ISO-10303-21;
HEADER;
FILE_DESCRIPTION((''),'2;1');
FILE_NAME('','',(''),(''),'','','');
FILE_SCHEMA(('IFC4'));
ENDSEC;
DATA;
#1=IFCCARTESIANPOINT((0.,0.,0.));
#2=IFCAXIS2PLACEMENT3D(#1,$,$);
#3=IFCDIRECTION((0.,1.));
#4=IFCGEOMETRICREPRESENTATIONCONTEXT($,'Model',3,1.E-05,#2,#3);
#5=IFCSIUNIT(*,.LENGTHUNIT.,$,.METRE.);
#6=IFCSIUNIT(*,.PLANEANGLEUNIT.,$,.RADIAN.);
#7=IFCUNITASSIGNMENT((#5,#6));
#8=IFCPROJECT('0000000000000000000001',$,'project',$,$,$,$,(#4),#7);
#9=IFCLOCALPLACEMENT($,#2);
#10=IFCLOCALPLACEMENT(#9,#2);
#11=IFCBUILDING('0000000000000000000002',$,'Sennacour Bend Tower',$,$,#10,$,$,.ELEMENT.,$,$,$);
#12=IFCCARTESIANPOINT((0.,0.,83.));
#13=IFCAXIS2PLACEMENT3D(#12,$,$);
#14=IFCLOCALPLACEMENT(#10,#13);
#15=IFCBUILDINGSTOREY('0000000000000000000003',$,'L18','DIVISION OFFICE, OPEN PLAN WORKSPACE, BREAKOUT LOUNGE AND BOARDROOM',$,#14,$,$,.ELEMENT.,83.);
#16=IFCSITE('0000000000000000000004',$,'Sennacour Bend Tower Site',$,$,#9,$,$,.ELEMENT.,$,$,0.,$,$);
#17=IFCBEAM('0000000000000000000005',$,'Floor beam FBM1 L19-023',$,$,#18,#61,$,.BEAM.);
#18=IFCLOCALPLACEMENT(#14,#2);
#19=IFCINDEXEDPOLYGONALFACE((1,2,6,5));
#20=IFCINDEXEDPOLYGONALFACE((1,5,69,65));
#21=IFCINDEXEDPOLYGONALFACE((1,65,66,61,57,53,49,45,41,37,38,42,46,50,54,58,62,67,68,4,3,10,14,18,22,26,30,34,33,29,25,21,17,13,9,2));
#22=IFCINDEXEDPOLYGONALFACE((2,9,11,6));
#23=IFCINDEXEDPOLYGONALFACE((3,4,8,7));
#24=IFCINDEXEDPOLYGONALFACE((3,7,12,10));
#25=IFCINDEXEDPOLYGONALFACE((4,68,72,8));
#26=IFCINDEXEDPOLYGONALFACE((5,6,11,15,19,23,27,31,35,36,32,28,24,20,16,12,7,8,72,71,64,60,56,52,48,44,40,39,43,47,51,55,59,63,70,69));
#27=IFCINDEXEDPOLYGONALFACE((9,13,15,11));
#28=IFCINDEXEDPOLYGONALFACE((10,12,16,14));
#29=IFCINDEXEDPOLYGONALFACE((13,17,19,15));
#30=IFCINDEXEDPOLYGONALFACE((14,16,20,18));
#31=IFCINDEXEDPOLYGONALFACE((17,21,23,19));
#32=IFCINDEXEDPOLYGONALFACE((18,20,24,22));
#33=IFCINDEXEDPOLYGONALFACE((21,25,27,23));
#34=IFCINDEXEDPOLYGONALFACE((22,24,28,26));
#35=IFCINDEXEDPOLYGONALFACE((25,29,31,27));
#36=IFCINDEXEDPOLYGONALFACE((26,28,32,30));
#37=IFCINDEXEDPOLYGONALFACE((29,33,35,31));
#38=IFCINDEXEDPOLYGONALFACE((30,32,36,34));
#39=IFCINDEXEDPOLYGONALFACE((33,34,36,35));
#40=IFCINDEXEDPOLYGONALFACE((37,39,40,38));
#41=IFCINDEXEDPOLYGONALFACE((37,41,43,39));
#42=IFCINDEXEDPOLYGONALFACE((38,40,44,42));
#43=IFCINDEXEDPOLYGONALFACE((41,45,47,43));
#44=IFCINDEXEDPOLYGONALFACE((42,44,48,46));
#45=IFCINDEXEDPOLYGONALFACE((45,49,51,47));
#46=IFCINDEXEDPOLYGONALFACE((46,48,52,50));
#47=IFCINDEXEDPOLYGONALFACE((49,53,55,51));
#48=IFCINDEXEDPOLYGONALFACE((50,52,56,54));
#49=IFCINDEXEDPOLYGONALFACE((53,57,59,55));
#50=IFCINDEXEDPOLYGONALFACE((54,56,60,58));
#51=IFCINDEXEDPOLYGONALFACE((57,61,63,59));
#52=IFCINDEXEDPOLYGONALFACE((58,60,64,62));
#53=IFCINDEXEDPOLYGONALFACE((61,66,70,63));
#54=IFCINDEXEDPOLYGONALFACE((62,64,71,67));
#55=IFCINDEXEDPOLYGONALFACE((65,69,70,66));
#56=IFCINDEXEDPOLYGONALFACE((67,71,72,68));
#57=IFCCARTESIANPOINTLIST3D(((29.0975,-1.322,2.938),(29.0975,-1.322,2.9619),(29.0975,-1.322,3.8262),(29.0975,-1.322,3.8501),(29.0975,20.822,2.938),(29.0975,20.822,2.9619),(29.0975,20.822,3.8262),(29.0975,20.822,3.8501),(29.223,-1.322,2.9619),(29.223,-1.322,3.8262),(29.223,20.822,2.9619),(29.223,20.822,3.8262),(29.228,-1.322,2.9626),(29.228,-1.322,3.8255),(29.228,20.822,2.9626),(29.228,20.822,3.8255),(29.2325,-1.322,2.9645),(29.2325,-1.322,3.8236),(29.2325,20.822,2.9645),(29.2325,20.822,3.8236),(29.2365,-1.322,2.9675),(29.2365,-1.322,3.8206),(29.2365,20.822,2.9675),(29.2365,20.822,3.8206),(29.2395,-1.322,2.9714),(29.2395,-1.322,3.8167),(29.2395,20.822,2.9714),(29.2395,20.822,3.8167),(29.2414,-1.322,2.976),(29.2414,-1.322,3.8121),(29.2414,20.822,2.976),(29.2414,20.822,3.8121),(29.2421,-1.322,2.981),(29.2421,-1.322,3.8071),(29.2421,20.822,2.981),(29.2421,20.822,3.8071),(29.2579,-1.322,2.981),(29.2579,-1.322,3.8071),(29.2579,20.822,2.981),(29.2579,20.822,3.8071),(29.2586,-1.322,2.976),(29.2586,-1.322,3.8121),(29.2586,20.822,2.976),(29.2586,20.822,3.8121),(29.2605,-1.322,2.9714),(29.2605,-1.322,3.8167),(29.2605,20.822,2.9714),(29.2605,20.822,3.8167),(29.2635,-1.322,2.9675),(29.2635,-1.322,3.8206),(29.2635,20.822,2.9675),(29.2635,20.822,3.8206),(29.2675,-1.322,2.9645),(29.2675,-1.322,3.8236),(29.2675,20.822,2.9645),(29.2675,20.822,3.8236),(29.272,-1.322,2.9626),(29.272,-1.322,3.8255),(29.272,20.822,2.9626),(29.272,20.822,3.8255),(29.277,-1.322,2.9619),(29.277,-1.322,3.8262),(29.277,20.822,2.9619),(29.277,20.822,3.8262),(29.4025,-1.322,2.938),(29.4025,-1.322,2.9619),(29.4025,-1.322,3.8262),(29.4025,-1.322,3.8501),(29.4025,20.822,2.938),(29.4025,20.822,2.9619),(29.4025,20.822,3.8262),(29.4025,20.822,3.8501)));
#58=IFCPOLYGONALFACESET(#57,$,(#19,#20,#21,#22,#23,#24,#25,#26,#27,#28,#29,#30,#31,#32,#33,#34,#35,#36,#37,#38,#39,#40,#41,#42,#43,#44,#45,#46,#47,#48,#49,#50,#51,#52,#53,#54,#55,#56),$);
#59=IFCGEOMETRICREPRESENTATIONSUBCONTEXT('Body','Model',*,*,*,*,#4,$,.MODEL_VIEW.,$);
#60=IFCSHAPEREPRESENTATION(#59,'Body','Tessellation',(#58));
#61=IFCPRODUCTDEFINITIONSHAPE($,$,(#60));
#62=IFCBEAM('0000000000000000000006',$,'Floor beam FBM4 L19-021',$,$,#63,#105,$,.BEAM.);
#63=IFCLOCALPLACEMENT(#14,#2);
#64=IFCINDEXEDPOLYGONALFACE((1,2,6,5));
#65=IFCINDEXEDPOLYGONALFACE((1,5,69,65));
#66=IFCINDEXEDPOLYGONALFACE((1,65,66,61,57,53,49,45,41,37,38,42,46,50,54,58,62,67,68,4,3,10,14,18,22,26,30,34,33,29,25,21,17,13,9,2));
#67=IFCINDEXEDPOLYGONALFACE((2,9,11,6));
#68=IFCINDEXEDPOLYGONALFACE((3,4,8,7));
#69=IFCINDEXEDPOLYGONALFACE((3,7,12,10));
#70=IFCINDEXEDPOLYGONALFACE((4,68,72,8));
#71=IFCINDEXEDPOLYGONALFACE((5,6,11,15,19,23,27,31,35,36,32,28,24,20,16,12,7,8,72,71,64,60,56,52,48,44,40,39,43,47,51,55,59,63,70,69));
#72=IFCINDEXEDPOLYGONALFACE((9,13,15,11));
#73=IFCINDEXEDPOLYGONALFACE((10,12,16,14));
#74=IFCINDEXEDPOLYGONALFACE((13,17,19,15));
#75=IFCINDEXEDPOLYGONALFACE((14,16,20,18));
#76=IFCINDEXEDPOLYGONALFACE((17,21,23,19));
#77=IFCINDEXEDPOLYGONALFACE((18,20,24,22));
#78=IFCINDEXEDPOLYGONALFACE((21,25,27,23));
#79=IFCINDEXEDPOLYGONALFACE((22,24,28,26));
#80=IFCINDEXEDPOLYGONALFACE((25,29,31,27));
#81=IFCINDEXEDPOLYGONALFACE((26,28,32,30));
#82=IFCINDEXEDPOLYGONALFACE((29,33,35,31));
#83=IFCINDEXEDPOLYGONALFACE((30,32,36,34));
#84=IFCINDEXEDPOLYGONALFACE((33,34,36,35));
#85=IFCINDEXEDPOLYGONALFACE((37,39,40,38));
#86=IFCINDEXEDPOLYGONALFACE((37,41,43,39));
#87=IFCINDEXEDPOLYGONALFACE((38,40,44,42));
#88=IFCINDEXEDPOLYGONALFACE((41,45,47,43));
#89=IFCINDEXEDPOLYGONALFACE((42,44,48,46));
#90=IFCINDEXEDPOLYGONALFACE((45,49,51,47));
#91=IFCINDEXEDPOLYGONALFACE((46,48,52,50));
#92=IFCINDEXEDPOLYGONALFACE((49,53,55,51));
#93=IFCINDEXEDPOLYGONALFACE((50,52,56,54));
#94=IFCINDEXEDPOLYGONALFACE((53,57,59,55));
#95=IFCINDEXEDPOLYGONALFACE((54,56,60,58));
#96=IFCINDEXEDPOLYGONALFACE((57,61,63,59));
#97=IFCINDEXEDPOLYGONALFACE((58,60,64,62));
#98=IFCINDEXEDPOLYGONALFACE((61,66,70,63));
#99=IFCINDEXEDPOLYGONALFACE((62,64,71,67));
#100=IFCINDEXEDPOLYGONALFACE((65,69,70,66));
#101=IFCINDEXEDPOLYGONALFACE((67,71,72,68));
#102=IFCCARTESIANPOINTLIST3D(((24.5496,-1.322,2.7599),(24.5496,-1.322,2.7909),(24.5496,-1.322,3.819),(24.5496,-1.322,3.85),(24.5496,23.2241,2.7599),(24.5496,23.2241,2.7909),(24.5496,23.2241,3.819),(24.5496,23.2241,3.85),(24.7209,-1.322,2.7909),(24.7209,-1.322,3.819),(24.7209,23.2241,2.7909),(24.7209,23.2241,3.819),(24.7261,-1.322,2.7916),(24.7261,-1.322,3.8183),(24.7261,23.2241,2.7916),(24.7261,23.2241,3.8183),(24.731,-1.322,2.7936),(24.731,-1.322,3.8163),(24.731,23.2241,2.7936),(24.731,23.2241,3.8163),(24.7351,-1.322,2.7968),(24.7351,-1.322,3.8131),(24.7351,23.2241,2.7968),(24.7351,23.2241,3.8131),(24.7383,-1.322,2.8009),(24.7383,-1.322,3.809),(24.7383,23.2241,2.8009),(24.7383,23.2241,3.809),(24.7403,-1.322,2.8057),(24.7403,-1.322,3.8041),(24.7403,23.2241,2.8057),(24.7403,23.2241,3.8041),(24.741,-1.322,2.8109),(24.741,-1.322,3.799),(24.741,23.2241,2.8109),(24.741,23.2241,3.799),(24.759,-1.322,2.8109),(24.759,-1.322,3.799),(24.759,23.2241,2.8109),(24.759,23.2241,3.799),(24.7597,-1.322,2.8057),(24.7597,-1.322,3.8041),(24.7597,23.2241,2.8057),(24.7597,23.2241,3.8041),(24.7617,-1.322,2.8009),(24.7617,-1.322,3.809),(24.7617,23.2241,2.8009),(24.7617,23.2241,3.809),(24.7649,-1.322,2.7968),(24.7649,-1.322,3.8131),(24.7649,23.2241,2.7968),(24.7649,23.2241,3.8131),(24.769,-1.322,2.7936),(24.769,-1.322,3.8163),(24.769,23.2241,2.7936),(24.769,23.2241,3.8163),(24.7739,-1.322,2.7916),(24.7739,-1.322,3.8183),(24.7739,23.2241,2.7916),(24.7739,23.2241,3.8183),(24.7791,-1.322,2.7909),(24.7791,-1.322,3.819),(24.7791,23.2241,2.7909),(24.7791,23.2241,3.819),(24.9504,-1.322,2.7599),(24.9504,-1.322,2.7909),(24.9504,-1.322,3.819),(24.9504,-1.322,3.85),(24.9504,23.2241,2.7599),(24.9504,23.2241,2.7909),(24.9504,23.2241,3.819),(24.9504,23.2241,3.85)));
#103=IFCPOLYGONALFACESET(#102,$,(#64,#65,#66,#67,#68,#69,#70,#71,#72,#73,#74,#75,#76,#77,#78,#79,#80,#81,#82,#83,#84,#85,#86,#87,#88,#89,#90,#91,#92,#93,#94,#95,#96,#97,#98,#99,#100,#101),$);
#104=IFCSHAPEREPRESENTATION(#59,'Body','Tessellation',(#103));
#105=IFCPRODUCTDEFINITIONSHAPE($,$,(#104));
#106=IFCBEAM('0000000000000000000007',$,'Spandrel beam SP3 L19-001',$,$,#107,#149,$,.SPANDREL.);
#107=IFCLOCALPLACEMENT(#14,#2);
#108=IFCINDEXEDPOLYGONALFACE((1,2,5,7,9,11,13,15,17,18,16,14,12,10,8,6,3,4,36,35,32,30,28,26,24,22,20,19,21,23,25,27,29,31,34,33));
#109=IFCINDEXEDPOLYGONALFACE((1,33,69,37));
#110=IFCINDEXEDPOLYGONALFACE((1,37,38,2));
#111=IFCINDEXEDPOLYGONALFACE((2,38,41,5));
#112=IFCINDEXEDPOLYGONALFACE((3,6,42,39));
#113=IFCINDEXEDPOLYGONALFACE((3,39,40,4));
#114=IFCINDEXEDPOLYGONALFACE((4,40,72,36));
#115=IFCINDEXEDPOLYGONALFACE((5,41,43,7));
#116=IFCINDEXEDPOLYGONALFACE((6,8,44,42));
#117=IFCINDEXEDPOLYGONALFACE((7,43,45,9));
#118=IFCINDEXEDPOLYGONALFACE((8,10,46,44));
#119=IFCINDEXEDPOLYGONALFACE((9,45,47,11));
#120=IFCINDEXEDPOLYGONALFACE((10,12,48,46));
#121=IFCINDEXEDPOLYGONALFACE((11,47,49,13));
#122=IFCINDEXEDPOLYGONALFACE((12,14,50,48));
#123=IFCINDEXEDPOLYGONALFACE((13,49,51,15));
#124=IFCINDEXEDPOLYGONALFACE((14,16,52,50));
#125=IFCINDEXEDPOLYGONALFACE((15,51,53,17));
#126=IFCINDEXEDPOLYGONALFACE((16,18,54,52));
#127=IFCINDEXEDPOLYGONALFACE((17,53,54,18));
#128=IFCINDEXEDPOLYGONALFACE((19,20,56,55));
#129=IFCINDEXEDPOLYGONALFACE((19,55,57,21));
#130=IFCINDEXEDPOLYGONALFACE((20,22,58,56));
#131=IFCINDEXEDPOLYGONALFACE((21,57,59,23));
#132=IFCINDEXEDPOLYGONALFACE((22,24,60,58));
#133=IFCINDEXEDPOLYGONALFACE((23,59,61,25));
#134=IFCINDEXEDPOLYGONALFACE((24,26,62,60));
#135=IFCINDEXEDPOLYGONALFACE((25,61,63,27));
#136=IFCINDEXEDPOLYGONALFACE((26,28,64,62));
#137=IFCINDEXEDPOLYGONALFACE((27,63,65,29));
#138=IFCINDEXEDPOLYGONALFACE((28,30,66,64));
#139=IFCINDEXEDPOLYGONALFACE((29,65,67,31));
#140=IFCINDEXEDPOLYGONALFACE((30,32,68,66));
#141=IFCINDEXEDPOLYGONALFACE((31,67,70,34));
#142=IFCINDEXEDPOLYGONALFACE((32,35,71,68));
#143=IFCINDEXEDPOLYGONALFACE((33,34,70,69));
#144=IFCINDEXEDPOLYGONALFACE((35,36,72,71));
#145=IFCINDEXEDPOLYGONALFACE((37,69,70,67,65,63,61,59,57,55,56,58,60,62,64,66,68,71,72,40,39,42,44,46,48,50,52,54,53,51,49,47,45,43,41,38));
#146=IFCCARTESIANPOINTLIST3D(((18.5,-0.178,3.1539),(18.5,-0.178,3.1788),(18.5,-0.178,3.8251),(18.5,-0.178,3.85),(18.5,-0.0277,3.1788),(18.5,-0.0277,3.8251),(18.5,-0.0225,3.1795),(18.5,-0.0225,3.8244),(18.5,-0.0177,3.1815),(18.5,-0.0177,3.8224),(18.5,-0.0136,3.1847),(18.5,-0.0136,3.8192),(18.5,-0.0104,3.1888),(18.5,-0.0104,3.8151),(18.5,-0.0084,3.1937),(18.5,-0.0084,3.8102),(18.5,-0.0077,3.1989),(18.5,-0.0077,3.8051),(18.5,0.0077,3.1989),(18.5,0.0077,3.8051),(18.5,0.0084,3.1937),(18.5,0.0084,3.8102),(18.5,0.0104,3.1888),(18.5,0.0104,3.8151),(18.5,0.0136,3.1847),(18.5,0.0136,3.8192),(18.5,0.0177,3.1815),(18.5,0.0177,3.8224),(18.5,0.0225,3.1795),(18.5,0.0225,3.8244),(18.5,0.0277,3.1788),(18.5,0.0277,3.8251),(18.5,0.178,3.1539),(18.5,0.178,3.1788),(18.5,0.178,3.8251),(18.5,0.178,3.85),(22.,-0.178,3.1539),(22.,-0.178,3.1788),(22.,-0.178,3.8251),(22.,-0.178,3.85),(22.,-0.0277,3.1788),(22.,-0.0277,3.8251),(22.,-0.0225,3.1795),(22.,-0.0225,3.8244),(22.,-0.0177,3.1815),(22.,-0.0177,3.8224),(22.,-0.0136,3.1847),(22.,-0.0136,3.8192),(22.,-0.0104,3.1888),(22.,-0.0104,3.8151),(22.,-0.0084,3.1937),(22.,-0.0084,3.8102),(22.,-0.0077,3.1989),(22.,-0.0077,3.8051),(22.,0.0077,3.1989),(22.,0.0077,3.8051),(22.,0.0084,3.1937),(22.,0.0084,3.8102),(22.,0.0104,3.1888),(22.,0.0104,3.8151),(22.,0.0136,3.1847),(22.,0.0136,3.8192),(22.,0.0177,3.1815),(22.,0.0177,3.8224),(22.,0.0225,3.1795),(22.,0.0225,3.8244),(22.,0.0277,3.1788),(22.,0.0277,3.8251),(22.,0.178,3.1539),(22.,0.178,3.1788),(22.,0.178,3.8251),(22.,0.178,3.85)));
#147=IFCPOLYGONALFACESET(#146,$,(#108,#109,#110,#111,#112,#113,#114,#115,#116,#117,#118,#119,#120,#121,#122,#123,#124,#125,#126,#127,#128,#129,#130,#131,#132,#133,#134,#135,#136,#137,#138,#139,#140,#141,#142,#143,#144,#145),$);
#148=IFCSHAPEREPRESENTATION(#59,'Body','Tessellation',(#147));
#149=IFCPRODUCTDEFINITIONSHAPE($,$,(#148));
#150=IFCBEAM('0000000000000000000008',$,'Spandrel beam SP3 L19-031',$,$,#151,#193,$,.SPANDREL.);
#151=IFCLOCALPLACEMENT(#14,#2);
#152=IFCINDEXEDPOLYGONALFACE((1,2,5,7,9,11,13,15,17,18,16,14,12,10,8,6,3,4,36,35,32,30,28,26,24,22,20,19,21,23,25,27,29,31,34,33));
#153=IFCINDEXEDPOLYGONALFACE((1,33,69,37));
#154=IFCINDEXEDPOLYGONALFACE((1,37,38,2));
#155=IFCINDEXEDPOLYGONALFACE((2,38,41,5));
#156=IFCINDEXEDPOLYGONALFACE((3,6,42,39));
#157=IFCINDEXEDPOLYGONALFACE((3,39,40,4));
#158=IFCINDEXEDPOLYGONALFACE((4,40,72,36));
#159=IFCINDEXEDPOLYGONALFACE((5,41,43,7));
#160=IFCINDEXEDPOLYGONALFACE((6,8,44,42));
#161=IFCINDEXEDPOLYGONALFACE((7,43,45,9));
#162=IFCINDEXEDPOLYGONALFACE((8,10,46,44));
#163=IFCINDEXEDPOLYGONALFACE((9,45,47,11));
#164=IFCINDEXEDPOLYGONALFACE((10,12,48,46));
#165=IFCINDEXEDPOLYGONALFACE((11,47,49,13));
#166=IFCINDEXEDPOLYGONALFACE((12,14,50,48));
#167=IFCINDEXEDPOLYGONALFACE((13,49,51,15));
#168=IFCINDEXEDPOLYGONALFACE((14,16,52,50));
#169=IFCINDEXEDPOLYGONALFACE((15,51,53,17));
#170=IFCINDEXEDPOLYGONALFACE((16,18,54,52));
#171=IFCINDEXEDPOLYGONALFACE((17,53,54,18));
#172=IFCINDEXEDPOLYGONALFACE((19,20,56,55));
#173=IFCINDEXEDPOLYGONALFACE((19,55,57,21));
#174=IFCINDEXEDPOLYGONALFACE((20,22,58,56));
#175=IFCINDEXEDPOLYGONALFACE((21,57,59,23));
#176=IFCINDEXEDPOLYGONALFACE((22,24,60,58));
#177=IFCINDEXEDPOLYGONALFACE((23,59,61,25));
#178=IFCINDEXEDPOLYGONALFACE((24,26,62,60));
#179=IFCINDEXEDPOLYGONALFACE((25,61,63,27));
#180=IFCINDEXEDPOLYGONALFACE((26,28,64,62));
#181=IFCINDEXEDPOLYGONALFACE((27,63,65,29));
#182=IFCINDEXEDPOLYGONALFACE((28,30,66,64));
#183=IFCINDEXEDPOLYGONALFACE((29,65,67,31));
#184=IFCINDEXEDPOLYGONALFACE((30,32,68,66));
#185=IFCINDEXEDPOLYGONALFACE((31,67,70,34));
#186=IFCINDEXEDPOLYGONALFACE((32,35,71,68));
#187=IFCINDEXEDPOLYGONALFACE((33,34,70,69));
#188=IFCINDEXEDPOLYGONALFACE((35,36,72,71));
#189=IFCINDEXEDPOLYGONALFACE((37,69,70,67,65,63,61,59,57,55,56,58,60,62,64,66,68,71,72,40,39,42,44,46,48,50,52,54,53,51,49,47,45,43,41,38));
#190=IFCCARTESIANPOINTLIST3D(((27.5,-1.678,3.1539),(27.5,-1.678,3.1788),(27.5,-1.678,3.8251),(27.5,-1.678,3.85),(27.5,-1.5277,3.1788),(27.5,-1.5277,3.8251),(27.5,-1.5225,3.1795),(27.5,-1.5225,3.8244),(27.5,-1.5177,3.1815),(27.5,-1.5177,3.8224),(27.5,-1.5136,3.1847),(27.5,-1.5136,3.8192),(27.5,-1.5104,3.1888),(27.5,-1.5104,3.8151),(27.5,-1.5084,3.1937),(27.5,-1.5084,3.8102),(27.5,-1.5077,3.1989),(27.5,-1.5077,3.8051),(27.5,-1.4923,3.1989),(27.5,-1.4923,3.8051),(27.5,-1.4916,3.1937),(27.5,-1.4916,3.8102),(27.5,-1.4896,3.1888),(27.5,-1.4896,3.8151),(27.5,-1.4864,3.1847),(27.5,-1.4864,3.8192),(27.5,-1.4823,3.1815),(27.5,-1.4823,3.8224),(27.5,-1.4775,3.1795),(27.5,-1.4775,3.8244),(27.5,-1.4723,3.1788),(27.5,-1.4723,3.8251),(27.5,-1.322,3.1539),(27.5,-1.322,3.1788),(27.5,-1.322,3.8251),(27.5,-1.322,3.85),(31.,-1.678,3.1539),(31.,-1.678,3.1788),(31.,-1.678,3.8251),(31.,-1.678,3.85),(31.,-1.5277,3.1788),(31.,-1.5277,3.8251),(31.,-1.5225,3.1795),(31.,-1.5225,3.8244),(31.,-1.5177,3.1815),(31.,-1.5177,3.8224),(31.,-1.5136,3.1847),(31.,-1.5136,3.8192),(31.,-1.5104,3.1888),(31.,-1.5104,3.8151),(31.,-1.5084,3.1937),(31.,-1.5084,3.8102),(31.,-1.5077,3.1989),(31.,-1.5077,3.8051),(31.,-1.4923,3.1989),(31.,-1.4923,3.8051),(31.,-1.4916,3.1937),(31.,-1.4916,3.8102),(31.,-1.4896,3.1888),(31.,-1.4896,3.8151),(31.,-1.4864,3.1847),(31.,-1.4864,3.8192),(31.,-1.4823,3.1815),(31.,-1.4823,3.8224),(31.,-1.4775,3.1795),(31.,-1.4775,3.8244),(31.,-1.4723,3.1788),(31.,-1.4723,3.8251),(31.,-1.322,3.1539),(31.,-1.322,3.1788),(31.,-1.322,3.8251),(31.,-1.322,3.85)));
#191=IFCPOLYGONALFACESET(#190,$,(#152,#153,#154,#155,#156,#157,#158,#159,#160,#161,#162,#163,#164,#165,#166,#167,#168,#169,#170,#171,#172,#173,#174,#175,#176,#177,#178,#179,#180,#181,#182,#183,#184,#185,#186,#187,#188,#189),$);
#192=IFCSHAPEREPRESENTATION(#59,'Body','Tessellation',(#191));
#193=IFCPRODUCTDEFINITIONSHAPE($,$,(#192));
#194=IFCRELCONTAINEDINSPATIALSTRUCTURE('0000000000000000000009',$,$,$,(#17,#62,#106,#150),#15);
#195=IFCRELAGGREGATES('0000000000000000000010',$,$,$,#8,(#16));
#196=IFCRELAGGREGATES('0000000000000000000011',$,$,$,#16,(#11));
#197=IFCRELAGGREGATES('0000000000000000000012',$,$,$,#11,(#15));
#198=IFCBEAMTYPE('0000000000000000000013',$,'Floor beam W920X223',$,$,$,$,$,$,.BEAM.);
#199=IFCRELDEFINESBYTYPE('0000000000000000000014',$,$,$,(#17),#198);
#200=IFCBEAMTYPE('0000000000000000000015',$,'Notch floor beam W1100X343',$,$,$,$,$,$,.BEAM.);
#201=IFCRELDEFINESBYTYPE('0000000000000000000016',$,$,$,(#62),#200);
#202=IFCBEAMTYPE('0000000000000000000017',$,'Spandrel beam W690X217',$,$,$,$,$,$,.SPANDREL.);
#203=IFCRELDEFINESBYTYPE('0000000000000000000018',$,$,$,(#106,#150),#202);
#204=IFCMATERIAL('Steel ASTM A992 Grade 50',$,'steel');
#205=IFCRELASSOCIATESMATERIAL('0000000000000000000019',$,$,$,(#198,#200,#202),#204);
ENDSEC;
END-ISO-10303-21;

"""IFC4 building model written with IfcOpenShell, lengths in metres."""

from ifc_helpers import new_model, si_unit, direction, frame, origin, origin_2d, place, context, subcontext, project, spatial, i_section, extrude, material, material_profile, profile_set, type_object, element, save


model = new_model("IFC4")

# Units and contexts
model_context = context("Model", 3, precision=1e-05, world=origin(), true_north=direction((0.0, 1.0)))
body_context = subcontext(model_context, "Body", "Model", "MODEL_VIEW")
ifc_project = project(units=[si_unit("LENGTHUNIT", "METRE"), si_unit("PLANEANGLEUNIT", "RADIAN")], contexts=[model_context])

# Site, building, storey
site_placement = place(None, origin())
site = spatial("IfcSite", under=ifc_project, at=site_placement, Name="Sennacour Bend Tower Site", CompositionType="ELEMENT", RefElevation=0.0)
building_placement = place(site_placement, origin())
building = spatial("IfcBuilding", under=site, at=building_placement, Name="Sennacour Bend Tower", CompositionType="ELEMENT")
storey_placement = place(building_placement, frame((0.0, 0.0, 83.0)))
storey = spatial("IfcBuildingStorey", under=building, at=storey_placement, Name="L18", Description="DIVISION OFFICE, OPEN PLAN WORKSPACE, BREAKOUT LOUNGE AND BOARDROOM", CompositionType="ELEMENT", Elevation=83.0)

# Beams
ifc_material_1 = material(Name="Steel ASTM A992 Grade 50", Category="steel")
ifc_material_profile_1 = material_profile(ifc_material_1, i_section(OverallWidth=0.3049, OverallDepth=0.9121, WebThickness=0.0159, FlangeThickness=0.0239, FilletRadius=0.019, at=origin_2d()), Name="Steel ASTM A992 Grade 50", Category="steel")
ifc_profile_set_1 = profile_set([ifc_material_profile_1], Name="Steel ASTM A992 Grade 50")
beam_type_1 = type_object("IfcBeamType", Name="Floor beam W920X223", PredefinedType="BEAM", material=ifc_profile_set_1)
beam_1_placement = place(storey_placement, frame((29.25, -1.322, 3.394), z_axis=(0.0, 1.0, 0.0), x_axis=(-1.0, 0.0, 0.0)))
element("IfcBeam", 1, at=beam_1_placement, inside=storey, type_object=beam_type_1, Name="Floor beam FBM1 L19-023", PredefinedType="BEAM", context=body_context, shape_type="SweptSolid", body=[
    extrude(i_section(OverallWidth=0.3049, OverallDepth=0.9121, WebThickness=0.0159, FlangeThickness=0.0239, FilletRadius=0.019, at=origin_2d()), origin(), (0.0, 0.0, 1.0), 22.144),
])
ifc_material_profile_2 = material_profile(ifc_material_1, i_section(OverallWidth=0.4009, OverallDepth=1.0901, WebThickness=0.0181, FlangeThickness=0.031, FilletRadius=0.02, at=origin_2d()), Name="Steel ASTM A992 Grade 50", Category="steel")
ifc_profile_set_2 = profile_set([ifc_material_profile_2], Name="Steel ASTM A992 Grade 50")
beam_type_2 = type_object("IfcBeamType", Name="Notch floor beam W1100X343", PredefinedType="BEAM", material=ifc_profile_set_2)
beam_2_placement = place(storey_placement, frame((24.75, -1.322, 3.3049), z_axis=(0.0, 1.0, 0.0), x_axis=(-1.0, 0.0, 0.0)))
element("IfcBeam", 2, at=beam_2_placement, inside=storey, type_object=beam_type_2, Name="Floor beam FBM4 L19-021", PredefinedType="BEAM", context=body_context, shape_type="SweptSolid", body=[
    extrude(i_section(OverallWidth=0.4009, OverallDepth=1.0901, WebThickness=0.0181, FlangeThickness=0.031, FilletRadius=0.02, at=origin_2d()), origin(), (0.0, 0.0, 1.0), 24.5461),
])
ifc_material_profile_3 = material_profile(ifc_material_1, i_section(OverallWidth=0.356, OverallDepth=0.696, WebThickness=0.0154, FlangeThickness=0.0249, FilletRadius=0.02, at=origin_2d()), Name="Steel ASTM A992 Grade 50", Category="steel")
ifc_profile_set_3 = profile_set([ifc_material_profile_3], Name="Steel ASTM A992 Grade 50")
beam_type_3 = type_object("IfcBeamType", Name="Spandrel beam W690X217", PredefinedType="SPANDREL", material=ifc_profile_set_3)
for number, where, z_axis, x_axis, name in (
    (3, (22.0, 0.0, 3.502), (-1.0, 0.0, 0.0), (0.0, -1.0, 0.0), "Spandrel beam SP3 L19-001"),
    (4, (31.0, -1.5, 3.502), (-1.0, 0.0, 0.0), (0.0, -1.0, 0.0), "Spandrel beam SP3 L19-031"),
):
    element("IfcBeam", number, at=place(storey_placement, frame(where, z_axis=z_axis, x_axis=x_axis)), inside=storey, type_object=beam_type_3, Name=name, PredefinedType="SPANDREL", context=body_context, shape_type="SweptSolid", body=[
        extrude(i_section(OverallWidth=0.356, OverallDepth=0.696, WebThickness=0.0154, FlangeThickness=0.0249, FilletRadius=0.02, at=origin_2d()), origin(), (0.0, 0.0, 1.0), 3.5),
    ])

save(model, "model.ifc")
